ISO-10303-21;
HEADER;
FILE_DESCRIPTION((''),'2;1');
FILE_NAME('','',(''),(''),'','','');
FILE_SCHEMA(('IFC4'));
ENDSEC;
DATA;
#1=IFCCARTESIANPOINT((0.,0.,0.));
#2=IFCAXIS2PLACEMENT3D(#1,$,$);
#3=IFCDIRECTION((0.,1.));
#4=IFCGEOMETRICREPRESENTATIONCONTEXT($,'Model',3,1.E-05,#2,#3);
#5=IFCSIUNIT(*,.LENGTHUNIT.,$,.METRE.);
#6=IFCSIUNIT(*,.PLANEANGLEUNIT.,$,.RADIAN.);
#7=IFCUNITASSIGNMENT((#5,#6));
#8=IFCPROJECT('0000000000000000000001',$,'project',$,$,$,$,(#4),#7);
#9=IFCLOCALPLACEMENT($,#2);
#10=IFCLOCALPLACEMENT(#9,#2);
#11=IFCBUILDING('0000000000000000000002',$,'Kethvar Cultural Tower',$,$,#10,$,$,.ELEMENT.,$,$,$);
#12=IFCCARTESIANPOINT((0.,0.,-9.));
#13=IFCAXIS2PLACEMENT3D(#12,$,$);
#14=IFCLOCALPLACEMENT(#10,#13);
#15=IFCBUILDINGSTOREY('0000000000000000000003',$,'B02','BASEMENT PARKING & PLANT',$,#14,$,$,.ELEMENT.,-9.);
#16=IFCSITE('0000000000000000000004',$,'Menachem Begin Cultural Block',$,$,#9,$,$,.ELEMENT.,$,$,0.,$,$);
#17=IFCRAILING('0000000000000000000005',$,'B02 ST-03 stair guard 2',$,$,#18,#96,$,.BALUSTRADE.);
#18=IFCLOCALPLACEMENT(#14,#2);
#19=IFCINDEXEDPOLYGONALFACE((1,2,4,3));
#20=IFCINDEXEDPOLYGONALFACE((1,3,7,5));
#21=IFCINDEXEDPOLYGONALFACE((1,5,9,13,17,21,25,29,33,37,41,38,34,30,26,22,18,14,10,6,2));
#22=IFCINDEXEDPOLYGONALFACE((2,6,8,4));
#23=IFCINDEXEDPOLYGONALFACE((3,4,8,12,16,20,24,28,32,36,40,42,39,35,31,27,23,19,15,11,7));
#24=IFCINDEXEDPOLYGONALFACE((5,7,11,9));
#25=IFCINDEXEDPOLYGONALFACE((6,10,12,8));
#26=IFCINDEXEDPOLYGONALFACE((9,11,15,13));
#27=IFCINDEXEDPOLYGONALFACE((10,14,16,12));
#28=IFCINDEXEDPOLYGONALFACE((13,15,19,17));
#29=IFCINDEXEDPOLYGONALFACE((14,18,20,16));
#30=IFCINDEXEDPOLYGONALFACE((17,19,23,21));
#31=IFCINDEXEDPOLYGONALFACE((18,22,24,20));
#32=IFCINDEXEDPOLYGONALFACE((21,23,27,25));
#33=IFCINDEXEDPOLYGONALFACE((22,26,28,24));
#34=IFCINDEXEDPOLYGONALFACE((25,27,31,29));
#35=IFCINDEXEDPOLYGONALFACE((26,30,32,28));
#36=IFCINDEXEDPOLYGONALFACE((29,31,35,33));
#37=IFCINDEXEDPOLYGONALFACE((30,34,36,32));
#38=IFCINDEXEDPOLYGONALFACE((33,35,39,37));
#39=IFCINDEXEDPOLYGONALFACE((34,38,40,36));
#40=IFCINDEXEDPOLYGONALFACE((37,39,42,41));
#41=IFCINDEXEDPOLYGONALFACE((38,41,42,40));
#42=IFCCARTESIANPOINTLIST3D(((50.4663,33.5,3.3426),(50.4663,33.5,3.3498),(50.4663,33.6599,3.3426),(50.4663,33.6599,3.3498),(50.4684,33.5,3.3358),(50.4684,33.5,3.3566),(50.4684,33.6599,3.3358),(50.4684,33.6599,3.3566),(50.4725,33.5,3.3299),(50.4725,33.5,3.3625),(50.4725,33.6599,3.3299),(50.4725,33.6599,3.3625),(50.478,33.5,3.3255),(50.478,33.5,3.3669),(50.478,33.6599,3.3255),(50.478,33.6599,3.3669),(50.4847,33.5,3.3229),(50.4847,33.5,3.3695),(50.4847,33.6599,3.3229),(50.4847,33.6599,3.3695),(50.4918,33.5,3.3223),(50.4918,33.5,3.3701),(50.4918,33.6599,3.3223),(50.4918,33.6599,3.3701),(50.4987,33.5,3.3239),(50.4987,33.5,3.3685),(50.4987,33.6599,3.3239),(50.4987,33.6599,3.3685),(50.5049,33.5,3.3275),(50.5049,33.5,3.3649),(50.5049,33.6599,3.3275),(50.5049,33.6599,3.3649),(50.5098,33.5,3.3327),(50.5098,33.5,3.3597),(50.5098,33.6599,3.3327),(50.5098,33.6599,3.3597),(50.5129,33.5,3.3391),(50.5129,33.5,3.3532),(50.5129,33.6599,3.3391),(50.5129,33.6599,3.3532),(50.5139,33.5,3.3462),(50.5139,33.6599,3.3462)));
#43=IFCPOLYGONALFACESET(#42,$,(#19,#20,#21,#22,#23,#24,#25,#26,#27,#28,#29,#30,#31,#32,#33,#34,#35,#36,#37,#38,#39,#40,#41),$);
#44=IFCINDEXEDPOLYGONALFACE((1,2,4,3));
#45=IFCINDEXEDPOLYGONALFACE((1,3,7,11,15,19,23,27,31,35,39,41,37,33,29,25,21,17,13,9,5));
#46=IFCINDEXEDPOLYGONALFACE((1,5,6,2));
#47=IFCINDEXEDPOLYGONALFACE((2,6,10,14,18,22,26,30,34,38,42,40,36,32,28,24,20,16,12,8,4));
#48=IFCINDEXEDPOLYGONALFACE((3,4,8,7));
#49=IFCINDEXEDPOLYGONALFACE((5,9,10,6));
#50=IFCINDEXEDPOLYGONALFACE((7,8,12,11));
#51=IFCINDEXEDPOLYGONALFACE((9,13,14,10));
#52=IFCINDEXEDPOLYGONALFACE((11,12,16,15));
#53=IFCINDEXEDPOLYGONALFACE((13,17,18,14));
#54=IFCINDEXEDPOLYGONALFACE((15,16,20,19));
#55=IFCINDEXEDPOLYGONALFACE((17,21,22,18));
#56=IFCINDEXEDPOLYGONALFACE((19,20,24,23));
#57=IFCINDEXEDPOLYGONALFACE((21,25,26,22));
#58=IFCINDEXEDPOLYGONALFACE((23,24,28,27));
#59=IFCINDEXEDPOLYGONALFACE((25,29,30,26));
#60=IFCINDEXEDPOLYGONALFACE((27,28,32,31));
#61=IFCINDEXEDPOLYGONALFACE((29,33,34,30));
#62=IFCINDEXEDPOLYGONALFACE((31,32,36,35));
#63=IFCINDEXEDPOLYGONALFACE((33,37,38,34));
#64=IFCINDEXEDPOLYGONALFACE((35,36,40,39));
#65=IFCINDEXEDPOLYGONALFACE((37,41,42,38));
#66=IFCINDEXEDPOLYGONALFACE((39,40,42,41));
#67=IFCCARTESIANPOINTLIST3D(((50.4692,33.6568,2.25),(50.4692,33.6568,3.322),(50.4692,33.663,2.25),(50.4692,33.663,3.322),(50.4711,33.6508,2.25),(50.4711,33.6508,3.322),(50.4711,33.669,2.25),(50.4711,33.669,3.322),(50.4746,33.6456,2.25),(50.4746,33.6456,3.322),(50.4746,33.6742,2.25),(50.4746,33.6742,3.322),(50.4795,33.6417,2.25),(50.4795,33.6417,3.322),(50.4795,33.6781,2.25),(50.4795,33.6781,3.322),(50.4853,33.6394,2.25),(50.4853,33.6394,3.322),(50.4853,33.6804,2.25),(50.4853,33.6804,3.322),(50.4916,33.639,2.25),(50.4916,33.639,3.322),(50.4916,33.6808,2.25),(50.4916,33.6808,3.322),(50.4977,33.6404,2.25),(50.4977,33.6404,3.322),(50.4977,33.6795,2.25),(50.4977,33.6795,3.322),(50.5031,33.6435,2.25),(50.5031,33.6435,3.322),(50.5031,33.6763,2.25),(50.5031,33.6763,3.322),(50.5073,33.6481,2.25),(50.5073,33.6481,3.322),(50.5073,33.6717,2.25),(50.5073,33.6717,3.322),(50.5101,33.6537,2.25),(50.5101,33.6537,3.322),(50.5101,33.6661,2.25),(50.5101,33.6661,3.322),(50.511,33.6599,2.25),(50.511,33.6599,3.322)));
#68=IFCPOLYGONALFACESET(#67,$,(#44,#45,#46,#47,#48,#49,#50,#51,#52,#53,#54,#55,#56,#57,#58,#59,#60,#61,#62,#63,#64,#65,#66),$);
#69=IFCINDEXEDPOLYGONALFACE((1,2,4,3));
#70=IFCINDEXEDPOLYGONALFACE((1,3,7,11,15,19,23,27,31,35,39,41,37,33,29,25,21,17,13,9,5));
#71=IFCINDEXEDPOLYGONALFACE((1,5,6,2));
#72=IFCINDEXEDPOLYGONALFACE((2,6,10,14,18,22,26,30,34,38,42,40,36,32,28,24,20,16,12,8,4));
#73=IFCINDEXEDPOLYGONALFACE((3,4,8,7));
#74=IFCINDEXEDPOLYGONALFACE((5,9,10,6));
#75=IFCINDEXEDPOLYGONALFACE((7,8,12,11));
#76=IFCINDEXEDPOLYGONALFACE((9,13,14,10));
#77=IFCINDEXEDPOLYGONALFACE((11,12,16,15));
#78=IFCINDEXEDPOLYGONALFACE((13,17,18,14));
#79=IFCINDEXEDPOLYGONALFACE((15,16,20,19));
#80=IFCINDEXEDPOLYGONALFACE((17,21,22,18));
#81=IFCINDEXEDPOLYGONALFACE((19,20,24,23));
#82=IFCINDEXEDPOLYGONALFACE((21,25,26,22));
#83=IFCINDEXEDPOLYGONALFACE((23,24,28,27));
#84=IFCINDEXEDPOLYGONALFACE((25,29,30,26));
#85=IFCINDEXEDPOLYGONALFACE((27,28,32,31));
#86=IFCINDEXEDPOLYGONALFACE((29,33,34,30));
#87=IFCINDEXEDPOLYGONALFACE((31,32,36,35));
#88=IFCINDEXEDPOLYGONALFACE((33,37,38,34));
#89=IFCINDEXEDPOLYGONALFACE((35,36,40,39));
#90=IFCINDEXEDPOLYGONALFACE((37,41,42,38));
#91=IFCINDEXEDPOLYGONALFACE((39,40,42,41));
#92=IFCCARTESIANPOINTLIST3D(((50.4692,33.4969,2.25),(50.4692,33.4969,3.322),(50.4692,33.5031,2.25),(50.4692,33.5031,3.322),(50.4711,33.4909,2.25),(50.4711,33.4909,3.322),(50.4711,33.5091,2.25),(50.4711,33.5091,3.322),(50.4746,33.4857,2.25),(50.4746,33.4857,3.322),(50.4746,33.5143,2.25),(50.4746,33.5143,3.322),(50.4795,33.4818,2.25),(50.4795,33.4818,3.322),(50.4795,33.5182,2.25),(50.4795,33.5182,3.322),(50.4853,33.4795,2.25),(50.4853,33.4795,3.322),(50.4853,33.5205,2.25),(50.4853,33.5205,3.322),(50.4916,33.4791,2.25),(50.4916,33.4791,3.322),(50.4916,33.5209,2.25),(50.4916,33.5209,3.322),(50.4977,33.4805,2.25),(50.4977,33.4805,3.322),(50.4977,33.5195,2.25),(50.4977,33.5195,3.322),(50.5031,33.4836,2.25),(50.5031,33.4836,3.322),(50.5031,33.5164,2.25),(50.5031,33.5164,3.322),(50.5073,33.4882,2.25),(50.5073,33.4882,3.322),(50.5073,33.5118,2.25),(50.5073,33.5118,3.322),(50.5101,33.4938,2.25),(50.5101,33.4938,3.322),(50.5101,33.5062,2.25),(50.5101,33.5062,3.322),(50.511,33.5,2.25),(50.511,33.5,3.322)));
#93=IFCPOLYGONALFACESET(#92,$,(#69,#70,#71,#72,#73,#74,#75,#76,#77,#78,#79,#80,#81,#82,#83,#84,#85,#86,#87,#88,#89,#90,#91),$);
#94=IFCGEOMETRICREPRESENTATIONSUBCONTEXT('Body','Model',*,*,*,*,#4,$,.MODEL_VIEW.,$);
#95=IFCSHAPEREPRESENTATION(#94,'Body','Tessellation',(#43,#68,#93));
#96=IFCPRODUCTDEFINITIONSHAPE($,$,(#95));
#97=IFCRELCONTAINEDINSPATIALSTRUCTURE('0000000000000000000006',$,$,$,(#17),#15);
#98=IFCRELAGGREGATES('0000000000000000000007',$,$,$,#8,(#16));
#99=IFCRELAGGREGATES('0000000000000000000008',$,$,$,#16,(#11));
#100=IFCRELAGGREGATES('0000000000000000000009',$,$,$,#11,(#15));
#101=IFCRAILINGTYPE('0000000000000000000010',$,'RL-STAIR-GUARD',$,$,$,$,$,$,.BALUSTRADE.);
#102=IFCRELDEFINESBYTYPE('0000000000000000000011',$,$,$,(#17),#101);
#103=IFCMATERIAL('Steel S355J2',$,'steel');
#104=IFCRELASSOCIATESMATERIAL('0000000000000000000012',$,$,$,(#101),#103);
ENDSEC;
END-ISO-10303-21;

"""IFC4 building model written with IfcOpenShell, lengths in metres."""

from ifc_helpers import new_model, si_unit, direction, frame, origin, origin_2d, place, context, subcontext, project, spatial, circle, extrude, material, type_object, element, save


model = new_model("IFC4")

# Units and contexts
model_context = context("Model", 3, precision=1e-05, world=origin(), true_north=direction((0.0, 1.0)))
body_context = subcontext(model_context, "Body", "Model", "MODEL_VIEW")
ifc_project = project(units=[si_unit("LENGTHUNIT", "METRE"), si_unit("PLANEANGLEUNIT", "RADIAN")], contexts=[model_context])

# Site, building, storey
site_placement = place(None, origin())
site = spatial("IfcSite", under=ifc_project, at=site_placement, Name="Menachem Begin Cultural Block", CompositionType="ELEMENT", RefElevation=0.0)
building_placement = place(site_placement, origin())
building = spatial("IfcBuilding", under=site, at=building_placement, Name="Kethvar Cultural Tower", CompositionType="ELEMENT")
storey_placement = place(building_placement, frame((0.0, 0.0, -9.0)))
storey = spatial("IfcBuildingStorey", under=building, at=storey_placement, Name="B02", Description="BASEMENT PARKING & PLANT", CompositionType="ELEMENT", Elevation=-9.0)

# Shared definitions
ifc_material_1 = material(Name="Steel S355J2", Category="steel")

# Railing
railing_type_1 = type_object("IfcRailingType", Name="RL-STAIR-GUARD", PredefinedType="BALUSTRADE", material=ifc_material_1)
railing_1_placement = place(storey_placement, frame((50.49, 33.6599, 2.25)))
element("IfcRailing", 1, at=railing_1_placement, inside=storey, type_object=railing_type_1, Name="B02 ST-03 stair guard 2", PredefinedType="BALUSTRADE", context=body_context, shape_type="SweptSolid", body=[
    extrude(circle(Radius=0.0239, at=origin_2d()), frame((0.0, 0.0, 1.0962), z_axis=(0.0, -1.0, 0.0), x_axis=(1.0, 0.0, 0.0)), (0.0, 0.0, 1.0), 0.1599),
    extrude(circle(Radius=0.021, at=origin_2d()), origin(), (0.0, 0.0, 1.0), 1.072),
    extrude(circle(Radius=0.021, at=origin_2d()), frame((0.0, -0.1599, 0.0)), (0.0, 0.0, 1.0), 1.072),
])

save(model, "model.ifc")
